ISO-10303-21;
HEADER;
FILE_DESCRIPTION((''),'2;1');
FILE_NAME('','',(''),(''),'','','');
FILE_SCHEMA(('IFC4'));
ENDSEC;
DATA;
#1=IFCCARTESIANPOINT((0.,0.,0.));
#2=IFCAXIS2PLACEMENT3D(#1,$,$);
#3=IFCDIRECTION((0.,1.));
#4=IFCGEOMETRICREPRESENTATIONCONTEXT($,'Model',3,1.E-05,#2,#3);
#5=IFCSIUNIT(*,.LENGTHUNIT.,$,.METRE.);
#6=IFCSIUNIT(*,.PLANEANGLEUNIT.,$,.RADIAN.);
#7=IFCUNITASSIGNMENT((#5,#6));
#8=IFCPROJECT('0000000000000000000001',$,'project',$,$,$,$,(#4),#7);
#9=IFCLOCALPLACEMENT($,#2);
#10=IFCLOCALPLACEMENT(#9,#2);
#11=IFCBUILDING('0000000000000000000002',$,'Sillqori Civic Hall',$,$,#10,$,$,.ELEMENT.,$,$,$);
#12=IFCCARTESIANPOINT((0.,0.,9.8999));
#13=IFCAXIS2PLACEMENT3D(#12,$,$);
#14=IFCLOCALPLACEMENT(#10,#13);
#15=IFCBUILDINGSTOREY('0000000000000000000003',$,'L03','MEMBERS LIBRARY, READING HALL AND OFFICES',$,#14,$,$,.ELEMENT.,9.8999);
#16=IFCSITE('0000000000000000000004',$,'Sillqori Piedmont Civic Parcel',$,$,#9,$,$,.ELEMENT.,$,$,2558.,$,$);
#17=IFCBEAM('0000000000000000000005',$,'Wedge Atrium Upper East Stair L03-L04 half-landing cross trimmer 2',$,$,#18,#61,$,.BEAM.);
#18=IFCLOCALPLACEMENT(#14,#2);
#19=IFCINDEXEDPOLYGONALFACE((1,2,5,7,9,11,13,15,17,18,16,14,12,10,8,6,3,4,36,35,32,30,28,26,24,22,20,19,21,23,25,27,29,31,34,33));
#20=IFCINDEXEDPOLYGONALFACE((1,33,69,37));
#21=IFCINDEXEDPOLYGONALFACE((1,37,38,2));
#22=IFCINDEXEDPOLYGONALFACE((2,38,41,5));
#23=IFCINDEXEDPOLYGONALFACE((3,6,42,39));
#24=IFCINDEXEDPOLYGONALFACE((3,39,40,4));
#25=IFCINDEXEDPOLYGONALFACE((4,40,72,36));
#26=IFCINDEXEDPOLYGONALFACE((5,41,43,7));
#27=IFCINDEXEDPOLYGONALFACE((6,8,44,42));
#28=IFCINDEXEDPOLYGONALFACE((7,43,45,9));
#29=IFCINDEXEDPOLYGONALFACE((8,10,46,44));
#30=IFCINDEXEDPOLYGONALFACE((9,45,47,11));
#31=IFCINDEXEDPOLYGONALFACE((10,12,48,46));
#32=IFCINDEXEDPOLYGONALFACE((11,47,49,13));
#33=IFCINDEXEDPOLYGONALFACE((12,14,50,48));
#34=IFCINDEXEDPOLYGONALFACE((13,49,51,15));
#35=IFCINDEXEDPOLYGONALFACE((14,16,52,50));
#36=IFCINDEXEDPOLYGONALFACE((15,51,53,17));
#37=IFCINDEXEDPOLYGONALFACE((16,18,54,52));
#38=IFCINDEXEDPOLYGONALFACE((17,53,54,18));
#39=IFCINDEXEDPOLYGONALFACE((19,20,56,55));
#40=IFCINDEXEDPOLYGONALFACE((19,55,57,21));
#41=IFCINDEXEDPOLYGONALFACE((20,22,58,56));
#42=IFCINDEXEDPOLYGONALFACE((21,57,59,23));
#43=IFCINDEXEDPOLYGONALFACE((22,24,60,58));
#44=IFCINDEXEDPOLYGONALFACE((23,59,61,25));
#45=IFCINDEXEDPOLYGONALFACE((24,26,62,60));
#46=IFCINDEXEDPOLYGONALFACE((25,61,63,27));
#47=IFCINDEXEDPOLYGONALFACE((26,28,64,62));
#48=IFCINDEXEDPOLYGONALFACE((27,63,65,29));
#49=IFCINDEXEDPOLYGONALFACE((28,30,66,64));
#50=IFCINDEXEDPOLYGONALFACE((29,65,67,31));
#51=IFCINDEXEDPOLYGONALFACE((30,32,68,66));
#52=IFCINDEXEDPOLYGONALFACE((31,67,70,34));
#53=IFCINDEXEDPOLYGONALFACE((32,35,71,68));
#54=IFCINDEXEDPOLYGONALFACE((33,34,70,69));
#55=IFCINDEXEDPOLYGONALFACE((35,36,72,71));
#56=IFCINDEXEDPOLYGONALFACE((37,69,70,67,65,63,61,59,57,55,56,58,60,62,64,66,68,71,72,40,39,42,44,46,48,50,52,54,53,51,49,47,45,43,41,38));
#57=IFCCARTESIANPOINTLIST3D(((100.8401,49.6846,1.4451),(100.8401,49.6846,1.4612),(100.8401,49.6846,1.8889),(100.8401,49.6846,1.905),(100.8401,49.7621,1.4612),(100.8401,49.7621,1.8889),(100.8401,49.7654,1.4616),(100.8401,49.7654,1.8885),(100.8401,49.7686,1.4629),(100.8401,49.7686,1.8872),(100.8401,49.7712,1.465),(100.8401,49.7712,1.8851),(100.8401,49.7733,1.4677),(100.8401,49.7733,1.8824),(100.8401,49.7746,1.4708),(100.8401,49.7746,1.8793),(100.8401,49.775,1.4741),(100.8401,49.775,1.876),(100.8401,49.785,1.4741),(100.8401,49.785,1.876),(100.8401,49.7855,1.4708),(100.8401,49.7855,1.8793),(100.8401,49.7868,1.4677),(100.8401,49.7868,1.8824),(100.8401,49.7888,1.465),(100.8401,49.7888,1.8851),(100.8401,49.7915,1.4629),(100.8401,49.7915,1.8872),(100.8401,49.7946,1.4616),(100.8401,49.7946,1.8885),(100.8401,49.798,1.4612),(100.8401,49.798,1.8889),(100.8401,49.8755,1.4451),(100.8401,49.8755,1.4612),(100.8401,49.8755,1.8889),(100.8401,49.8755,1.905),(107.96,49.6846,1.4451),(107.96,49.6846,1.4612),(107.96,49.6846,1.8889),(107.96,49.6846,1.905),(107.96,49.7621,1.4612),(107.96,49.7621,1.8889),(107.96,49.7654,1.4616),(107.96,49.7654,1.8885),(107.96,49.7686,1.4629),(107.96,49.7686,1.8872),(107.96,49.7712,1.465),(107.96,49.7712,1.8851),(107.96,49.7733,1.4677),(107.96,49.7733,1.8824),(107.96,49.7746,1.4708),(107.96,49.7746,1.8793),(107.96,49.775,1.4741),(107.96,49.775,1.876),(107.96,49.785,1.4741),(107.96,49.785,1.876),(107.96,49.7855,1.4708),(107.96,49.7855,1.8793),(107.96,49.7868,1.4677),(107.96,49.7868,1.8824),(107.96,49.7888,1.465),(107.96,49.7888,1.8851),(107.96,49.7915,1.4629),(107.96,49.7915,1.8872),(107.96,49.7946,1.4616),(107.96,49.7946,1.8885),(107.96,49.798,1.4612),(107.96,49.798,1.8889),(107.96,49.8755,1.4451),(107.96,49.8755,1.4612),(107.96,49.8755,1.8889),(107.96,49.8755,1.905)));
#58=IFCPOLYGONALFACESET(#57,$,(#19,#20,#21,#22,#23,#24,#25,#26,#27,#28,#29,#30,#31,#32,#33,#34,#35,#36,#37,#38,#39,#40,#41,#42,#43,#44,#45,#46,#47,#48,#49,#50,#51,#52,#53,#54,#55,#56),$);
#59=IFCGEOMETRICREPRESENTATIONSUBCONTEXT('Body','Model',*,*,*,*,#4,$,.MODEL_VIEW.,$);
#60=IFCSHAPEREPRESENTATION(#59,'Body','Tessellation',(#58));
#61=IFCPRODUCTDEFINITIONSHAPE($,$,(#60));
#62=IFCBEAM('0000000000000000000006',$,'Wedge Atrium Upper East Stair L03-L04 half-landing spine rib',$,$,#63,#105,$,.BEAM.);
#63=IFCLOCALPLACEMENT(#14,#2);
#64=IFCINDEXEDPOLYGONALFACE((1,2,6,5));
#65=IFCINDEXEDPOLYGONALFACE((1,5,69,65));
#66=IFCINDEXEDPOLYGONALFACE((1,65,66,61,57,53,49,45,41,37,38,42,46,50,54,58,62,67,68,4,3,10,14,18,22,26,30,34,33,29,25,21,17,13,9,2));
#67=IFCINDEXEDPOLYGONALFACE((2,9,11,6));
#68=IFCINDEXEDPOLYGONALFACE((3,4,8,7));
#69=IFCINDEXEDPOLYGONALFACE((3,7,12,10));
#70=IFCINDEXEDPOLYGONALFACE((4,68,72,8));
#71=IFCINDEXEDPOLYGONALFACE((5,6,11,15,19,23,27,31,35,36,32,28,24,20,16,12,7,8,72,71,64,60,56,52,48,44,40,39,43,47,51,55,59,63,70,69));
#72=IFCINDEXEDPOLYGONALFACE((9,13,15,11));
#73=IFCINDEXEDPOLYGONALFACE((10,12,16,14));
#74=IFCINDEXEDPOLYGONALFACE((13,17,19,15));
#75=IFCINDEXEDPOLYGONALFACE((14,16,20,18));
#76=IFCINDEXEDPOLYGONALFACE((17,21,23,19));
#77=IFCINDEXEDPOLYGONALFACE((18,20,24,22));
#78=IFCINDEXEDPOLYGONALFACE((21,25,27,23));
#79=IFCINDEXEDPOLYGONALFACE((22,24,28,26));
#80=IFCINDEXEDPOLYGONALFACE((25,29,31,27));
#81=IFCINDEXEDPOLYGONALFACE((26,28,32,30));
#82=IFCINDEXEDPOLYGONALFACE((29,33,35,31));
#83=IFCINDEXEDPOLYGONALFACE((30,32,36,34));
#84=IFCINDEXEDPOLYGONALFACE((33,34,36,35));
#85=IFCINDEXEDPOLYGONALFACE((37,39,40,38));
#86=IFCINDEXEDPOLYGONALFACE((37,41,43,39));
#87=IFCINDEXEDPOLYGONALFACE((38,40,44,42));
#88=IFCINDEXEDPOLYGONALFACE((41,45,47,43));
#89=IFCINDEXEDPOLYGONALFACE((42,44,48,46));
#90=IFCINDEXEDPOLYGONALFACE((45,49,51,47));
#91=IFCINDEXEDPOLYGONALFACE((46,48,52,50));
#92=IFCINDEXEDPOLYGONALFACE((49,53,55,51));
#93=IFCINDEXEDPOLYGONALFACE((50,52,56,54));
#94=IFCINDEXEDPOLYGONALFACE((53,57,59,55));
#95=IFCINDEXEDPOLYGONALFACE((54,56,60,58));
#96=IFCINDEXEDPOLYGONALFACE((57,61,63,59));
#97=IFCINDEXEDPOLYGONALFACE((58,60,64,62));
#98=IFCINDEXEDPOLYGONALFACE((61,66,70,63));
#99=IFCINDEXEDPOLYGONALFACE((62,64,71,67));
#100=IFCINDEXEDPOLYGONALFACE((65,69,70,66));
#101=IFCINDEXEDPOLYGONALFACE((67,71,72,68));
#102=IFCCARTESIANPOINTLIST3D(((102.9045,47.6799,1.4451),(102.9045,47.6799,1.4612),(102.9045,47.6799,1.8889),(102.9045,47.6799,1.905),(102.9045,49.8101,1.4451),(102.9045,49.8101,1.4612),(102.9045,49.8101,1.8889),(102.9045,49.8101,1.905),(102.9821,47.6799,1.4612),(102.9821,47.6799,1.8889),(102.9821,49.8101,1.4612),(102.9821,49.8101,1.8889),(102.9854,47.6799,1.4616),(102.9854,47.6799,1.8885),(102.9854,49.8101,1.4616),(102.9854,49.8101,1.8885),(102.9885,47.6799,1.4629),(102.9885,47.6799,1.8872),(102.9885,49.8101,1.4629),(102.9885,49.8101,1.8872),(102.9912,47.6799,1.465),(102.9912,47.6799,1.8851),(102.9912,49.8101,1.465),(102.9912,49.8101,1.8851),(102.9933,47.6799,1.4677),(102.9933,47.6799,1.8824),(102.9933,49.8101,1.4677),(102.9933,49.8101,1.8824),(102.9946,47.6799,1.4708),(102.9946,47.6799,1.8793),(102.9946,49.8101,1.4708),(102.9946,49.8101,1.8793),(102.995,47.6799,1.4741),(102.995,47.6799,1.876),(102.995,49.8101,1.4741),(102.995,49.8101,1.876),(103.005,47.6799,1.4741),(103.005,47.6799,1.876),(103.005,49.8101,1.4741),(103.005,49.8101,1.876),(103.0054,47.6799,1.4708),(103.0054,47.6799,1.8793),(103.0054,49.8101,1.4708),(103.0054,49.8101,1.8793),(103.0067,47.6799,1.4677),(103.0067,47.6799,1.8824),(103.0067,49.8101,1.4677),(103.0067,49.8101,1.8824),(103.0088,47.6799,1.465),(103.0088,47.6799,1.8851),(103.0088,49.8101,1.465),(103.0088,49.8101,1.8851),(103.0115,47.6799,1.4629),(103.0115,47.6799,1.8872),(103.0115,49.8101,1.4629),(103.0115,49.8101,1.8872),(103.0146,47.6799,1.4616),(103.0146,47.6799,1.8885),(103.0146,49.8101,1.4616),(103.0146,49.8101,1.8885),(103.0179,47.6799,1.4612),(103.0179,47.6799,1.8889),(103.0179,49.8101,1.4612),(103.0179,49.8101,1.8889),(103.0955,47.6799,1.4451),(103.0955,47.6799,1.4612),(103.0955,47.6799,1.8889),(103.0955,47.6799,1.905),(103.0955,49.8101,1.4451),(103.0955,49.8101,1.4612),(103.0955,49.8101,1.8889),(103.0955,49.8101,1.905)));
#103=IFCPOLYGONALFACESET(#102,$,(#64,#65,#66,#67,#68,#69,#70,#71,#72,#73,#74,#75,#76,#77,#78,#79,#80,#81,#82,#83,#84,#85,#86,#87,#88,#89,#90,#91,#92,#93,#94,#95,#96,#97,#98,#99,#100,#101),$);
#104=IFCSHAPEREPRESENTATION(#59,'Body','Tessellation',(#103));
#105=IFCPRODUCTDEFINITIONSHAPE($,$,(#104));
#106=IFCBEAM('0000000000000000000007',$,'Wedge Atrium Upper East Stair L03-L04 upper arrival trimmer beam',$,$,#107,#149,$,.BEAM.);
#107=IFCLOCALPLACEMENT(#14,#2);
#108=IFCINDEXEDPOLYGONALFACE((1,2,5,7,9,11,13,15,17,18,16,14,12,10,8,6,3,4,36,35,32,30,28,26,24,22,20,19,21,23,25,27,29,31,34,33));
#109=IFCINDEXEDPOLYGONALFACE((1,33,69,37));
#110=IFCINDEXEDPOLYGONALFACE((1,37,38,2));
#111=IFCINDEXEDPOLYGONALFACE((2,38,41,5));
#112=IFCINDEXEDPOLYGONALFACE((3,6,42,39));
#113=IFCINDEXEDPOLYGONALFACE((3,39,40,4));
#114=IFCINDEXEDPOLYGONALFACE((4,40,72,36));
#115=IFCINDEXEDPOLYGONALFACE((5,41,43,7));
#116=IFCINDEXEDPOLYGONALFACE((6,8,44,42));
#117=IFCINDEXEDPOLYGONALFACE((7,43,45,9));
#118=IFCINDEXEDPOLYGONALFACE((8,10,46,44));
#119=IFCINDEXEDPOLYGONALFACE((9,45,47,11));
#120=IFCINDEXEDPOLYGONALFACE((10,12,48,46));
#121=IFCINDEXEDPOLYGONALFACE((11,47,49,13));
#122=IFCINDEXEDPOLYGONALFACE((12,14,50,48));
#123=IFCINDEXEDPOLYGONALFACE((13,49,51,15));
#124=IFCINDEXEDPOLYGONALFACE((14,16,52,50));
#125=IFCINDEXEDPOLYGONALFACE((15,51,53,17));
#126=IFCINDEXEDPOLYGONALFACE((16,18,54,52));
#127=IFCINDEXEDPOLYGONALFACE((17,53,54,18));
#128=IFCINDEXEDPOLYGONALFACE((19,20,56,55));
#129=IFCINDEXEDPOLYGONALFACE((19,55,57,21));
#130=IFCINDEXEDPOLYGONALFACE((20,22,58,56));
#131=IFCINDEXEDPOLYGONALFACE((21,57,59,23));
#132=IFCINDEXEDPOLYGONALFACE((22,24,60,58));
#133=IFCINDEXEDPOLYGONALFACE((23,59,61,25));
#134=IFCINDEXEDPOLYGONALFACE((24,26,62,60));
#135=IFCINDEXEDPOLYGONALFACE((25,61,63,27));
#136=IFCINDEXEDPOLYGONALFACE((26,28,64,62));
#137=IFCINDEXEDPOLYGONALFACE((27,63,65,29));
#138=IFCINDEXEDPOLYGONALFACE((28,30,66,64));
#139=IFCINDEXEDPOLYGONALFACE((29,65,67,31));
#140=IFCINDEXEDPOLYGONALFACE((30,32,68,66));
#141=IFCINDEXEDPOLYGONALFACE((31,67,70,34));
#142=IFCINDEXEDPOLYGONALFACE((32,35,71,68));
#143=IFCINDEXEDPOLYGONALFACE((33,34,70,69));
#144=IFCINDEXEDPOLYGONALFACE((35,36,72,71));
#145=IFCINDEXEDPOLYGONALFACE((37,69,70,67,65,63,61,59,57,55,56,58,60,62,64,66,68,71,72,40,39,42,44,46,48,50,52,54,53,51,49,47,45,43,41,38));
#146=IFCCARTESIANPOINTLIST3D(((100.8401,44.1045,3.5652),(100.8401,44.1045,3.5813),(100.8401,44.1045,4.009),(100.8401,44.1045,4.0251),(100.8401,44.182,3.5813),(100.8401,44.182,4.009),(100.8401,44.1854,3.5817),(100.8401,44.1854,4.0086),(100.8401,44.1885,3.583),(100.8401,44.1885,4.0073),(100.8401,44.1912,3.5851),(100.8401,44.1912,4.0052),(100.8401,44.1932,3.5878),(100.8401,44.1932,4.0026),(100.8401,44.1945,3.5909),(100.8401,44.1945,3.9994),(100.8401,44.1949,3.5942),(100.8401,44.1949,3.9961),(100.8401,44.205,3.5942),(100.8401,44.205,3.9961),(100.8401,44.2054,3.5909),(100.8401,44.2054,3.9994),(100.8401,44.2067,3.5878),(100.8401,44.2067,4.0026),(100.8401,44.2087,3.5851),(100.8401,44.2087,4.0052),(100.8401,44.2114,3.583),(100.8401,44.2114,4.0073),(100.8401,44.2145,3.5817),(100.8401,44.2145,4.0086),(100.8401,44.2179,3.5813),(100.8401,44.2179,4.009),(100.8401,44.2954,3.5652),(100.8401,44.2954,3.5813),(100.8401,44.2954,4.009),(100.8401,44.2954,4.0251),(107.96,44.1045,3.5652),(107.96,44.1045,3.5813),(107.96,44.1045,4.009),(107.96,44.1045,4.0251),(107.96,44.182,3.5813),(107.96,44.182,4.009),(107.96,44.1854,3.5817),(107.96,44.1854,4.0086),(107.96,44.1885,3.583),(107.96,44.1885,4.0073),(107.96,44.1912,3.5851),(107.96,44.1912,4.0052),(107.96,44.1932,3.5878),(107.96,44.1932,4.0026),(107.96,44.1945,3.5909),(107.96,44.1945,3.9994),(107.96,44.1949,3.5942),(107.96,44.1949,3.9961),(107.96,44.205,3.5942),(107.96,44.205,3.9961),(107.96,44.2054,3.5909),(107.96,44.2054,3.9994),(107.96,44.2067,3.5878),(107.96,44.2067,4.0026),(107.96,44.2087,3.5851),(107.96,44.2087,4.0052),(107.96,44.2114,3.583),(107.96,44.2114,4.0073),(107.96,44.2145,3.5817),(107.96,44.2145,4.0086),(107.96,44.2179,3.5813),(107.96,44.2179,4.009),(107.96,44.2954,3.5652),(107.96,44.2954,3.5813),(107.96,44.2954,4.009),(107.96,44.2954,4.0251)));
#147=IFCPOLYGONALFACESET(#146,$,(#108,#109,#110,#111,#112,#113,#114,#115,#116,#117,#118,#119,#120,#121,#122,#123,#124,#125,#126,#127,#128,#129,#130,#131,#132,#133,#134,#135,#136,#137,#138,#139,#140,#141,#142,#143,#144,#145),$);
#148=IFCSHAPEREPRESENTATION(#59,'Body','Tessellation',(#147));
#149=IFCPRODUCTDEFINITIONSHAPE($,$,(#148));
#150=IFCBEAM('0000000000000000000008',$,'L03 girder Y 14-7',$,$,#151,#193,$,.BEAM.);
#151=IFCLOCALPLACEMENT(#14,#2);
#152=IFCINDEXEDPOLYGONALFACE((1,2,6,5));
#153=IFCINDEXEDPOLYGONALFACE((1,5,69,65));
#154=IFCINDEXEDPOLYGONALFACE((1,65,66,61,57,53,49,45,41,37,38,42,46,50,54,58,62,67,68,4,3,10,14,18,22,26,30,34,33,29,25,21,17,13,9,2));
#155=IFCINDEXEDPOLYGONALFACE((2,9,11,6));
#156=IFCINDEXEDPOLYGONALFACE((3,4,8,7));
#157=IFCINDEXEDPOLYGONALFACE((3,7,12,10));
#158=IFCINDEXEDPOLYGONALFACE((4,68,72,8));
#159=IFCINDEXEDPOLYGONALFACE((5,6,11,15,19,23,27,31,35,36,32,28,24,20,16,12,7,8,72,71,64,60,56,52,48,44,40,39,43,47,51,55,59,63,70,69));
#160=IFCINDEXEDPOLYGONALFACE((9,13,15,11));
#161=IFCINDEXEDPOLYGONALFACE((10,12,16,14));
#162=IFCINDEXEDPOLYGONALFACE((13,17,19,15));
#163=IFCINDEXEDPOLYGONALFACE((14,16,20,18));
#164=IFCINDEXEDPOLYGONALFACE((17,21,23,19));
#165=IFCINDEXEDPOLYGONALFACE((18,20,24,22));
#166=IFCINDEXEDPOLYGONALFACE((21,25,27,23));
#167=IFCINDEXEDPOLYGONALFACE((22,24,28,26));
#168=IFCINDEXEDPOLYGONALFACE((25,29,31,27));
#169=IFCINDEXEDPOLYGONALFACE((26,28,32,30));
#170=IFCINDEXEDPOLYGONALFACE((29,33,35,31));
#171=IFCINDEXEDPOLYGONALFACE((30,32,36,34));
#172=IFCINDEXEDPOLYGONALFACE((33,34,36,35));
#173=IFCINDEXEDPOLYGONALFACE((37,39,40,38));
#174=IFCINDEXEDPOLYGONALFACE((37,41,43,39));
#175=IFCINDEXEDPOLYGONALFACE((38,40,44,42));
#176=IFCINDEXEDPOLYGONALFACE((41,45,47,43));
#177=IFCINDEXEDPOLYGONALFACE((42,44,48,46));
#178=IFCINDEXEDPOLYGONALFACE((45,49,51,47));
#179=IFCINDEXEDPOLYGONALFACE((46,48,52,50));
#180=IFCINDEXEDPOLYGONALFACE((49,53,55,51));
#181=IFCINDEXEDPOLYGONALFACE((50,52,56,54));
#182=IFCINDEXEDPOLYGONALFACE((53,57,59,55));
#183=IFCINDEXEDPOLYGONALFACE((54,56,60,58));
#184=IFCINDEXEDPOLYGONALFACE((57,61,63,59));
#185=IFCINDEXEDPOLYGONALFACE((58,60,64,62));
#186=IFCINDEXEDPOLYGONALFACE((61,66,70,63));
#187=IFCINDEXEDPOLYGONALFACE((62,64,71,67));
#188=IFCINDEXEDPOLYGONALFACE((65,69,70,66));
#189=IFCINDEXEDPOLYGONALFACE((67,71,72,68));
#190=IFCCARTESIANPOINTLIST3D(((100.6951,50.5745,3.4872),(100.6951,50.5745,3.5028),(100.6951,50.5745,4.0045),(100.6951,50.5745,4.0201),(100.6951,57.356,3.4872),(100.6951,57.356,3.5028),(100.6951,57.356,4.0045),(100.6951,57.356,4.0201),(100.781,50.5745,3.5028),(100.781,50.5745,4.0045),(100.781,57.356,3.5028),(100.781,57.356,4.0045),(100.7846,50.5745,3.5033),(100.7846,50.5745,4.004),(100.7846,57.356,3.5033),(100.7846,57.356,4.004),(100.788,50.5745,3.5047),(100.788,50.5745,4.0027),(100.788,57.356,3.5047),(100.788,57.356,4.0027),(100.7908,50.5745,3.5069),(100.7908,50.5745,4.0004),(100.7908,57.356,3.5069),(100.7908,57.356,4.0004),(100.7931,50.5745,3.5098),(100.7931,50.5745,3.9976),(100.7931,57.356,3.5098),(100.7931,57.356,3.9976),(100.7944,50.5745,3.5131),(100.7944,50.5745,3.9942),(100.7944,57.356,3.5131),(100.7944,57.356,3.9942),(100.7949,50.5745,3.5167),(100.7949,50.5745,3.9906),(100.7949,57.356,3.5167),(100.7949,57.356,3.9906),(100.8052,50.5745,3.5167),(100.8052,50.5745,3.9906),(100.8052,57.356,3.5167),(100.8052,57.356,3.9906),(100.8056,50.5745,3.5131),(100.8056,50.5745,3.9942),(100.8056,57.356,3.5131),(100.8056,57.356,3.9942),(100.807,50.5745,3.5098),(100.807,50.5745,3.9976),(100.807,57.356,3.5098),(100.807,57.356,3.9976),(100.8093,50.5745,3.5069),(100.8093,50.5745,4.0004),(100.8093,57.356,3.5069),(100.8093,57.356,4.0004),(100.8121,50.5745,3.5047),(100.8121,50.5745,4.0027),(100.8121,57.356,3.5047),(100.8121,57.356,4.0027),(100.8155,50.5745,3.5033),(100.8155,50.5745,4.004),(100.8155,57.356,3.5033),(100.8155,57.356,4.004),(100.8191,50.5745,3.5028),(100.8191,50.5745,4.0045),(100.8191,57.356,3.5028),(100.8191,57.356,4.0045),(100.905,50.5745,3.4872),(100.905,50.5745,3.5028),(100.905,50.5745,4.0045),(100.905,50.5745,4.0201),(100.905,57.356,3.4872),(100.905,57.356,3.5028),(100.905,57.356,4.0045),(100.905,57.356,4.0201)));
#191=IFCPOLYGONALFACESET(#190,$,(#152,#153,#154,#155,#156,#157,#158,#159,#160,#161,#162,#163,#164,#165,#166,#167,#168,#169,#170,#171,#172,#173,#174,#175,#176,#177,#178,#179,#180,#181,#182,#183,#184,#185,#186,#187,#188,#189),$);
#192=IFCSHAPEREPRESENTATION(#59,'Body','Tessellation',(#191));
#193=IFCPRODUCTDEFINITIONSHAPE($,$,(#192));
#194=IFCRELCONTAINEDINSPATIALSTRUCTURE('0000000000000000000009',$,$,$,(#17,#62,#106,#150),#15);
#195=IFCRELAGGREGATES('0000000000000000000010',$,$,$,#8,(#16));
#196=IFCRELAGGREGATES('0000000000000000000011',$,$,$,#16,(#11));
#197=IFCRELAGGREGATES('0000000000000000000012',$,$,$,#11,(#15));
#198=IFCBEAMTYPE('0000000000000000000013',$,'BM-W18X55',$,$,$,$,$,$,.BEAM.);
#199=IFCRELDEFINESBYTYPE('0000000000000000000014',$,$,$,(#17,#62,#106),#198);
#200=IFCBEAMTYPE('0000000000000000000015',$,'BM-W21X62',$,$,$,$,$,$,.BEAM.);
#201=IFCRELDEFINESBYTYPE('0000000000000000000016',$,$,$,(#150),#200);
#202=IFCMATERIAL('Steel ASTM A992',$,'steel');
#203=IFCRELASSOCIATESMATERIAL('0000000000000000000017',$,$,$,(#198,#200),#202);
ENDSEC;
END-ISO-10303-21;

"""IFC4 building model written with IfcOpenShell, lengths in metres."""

from ifc_helpers import new_model, si_unit, direction, frame, origin, origin_2d, place, context, subcontext, project, spatial, i_section, extrude, material, material_profile, profile_set, type_object, element, save


model = new_model("IFC4")

# Units and contexts
model_context = context("Model", 3, precision=1e-05, world=origin(), true_north=direction((0.0, 1.0)))
body_context = subcontext(model_context, "Body", "Model", "MODEL_VIEW")
ifc_project = project(units=[si_unit("LENGTHUNIT", "METRE"), si_unit("PLANEANGLEUNIT", "RADIAN")], contexts=[model_context])

# Site, building, storey
site_placement = place(None, origin())
site = spatial("IfcSite", under=ifc_project, at=site_placement, Name="Sillqori Piedmont Civic Parcel", CompositionType="ELEMENT", RefElevation=2558.0)
building_placement = place(site_placement, origin())
building = spatial("IfcBuilding", under=site, at=building_placement, Name="Sillqori Civic Hall", CompositionType="ELEMENT")
storey_placement = place(building_placement, frame((0.0, 0.0, 9.8999)))
storey = spatial("IfcBuildingStorey", under=building, at=storey_placement, Name="L03", Description="MEMBERS LIBRARY, READING HALL AND OFFICES", CompositionType="ELEMENT", Elevation=9.8999)

# Shared definitions
ifc_material_1 = material(Name="Steel ASTM A992", Category="steel")

# Beams
ifc_material_profile_1 = material_profile(ifc_material_1, i_section(OverallWidth=0.1909, OverallDepth=0.46, WebThickness=0.01, FlangeThickness=0.0161, FilletRadius=0.0129, at=origin_2d()), Name="W18X55")
ifc_profile_set_1 = profile_set([ifc_material_profile_1], Name="Steel ASTM A992")
beam_type_1 = type_object("IfcBeamType", Name="BM-W18X55", PredefinedType="BEAM", material=ifc_profile_set_1)
for number, where, z_axis, x_axis, name in (
    (1, (100.8401, 49.78, 1.675), (1.0, 0.0, 0.0), (0.0, 1.0, 0.0), "Wedge Atrium Upper East Stair L03-L04 half-landing cross trimmer 2"),
):
    element("IfcBeam", number, at=place(storey_placement, frame(where, z_axis=z_axis, x_axis=x_axis)), inside=storey, type_object=beam_type_1, Name=name, PredefinedType="BEAM", context=body_context, shape_type="SweptSolid", body=[
        extrude(i_section(OverallWidth=0.1909, OverallDepth=0.46, WebThickness=0.01, FlangeThickness=0.0161, FilletRadius=0.0129, at=origin_2d()), origin(), (0.0, 0.0, 1.0), 7.1199),
    ])
beam_1_placement = place(storey_placement, frame((103.0, 47.6799, 1.675), z_axis=(0.0, 1.0, 0.0), x_axis=(-1.0, 0.0, 0.0)))
element("IfcBeam", 2, at=beam_1_placement, inside=storey, type_object=beam_type_1, Name="Wedge Atrium Upper East Stair L03-L04 half-landing spine rib", PredefinedType="BEAM", context=body_context, shape_type="SweptSolid", body=[
    extrude(i_section(OverallWidth=0.1909, OverallDepth=0.46, WebThickness=0.01, FlangeThickness=0.0161, FilletRadius=0.0129, at=origin_2d()), origin(), (0.0, 0.0, 1.0), 2.1301),
])
beam_2_placement = place(storey_placement, frame((100.8401, 44.2, 3.7952), z_axis=(1.0, 0.0, 0.0), x_axis=(0.0, 1.0, 0.0)))
element("IfcBeam", 3, at=beam_2_placement, inside=storey, type_object=beam_type_1, Name="Wedge Atrium Upper East Stair L03-L04 upper arrival trimmer beam", PredefinedType="BEAM", context=body_context, shape_type="SweptSolid", body=[
    extrude(i_section(OverallWidth=0.1909, OverallDepth=0.46, WebThickness=0.01, FlangeThickness=0.0161, FilletRadius=0.0129, at=origin_2d()), origin(), (0.0, 0.0, 1.0), 7.1199),
])
ifc_material_profile_2 = material_profile(ifc_material_1, i_section(OverallWidth=0.21, OverallDepth=0.533, WebThickness=0.0103, FlangeThickness=0.0156, FilletRadius=0.0139, at=origin_2d()), Name="W21X62")
ifc_profile_set_2 = profile_set([ifc_material_profile_2], Name="Steel ASTM A992")
beam_type_2 = type_object("IfcBeamType", Name="BM-W21X62", PredefinedType="BEAM", material=ifc_profile_set_2)
beam_3_placement = place(storey_placement, frame((100.8, 50.5745, 3.7537), z_axis=(0.0, 1.0, 0.0), x_axis=(-1.0, 0.0, 0.0)))
element("IfcBeam", 4, at=beam_3_placement, inside=storey, type_object=beam_type_2, Name="L03 girder Y 14-7", PredefinedType="BEAM", context=body_context, shape_type="SweptSolid", body=[
    extrude(i_section(OverallWidth=0.21, OverallDepth=0.533, WebThickness=0.0103, FlangeThickness=0.0156, FilletRadius=0.0139, at=origin_2d()), origin(), (0.0, 0.0, 1.0), 6.7815),
])

save(model, "model.ifc")
